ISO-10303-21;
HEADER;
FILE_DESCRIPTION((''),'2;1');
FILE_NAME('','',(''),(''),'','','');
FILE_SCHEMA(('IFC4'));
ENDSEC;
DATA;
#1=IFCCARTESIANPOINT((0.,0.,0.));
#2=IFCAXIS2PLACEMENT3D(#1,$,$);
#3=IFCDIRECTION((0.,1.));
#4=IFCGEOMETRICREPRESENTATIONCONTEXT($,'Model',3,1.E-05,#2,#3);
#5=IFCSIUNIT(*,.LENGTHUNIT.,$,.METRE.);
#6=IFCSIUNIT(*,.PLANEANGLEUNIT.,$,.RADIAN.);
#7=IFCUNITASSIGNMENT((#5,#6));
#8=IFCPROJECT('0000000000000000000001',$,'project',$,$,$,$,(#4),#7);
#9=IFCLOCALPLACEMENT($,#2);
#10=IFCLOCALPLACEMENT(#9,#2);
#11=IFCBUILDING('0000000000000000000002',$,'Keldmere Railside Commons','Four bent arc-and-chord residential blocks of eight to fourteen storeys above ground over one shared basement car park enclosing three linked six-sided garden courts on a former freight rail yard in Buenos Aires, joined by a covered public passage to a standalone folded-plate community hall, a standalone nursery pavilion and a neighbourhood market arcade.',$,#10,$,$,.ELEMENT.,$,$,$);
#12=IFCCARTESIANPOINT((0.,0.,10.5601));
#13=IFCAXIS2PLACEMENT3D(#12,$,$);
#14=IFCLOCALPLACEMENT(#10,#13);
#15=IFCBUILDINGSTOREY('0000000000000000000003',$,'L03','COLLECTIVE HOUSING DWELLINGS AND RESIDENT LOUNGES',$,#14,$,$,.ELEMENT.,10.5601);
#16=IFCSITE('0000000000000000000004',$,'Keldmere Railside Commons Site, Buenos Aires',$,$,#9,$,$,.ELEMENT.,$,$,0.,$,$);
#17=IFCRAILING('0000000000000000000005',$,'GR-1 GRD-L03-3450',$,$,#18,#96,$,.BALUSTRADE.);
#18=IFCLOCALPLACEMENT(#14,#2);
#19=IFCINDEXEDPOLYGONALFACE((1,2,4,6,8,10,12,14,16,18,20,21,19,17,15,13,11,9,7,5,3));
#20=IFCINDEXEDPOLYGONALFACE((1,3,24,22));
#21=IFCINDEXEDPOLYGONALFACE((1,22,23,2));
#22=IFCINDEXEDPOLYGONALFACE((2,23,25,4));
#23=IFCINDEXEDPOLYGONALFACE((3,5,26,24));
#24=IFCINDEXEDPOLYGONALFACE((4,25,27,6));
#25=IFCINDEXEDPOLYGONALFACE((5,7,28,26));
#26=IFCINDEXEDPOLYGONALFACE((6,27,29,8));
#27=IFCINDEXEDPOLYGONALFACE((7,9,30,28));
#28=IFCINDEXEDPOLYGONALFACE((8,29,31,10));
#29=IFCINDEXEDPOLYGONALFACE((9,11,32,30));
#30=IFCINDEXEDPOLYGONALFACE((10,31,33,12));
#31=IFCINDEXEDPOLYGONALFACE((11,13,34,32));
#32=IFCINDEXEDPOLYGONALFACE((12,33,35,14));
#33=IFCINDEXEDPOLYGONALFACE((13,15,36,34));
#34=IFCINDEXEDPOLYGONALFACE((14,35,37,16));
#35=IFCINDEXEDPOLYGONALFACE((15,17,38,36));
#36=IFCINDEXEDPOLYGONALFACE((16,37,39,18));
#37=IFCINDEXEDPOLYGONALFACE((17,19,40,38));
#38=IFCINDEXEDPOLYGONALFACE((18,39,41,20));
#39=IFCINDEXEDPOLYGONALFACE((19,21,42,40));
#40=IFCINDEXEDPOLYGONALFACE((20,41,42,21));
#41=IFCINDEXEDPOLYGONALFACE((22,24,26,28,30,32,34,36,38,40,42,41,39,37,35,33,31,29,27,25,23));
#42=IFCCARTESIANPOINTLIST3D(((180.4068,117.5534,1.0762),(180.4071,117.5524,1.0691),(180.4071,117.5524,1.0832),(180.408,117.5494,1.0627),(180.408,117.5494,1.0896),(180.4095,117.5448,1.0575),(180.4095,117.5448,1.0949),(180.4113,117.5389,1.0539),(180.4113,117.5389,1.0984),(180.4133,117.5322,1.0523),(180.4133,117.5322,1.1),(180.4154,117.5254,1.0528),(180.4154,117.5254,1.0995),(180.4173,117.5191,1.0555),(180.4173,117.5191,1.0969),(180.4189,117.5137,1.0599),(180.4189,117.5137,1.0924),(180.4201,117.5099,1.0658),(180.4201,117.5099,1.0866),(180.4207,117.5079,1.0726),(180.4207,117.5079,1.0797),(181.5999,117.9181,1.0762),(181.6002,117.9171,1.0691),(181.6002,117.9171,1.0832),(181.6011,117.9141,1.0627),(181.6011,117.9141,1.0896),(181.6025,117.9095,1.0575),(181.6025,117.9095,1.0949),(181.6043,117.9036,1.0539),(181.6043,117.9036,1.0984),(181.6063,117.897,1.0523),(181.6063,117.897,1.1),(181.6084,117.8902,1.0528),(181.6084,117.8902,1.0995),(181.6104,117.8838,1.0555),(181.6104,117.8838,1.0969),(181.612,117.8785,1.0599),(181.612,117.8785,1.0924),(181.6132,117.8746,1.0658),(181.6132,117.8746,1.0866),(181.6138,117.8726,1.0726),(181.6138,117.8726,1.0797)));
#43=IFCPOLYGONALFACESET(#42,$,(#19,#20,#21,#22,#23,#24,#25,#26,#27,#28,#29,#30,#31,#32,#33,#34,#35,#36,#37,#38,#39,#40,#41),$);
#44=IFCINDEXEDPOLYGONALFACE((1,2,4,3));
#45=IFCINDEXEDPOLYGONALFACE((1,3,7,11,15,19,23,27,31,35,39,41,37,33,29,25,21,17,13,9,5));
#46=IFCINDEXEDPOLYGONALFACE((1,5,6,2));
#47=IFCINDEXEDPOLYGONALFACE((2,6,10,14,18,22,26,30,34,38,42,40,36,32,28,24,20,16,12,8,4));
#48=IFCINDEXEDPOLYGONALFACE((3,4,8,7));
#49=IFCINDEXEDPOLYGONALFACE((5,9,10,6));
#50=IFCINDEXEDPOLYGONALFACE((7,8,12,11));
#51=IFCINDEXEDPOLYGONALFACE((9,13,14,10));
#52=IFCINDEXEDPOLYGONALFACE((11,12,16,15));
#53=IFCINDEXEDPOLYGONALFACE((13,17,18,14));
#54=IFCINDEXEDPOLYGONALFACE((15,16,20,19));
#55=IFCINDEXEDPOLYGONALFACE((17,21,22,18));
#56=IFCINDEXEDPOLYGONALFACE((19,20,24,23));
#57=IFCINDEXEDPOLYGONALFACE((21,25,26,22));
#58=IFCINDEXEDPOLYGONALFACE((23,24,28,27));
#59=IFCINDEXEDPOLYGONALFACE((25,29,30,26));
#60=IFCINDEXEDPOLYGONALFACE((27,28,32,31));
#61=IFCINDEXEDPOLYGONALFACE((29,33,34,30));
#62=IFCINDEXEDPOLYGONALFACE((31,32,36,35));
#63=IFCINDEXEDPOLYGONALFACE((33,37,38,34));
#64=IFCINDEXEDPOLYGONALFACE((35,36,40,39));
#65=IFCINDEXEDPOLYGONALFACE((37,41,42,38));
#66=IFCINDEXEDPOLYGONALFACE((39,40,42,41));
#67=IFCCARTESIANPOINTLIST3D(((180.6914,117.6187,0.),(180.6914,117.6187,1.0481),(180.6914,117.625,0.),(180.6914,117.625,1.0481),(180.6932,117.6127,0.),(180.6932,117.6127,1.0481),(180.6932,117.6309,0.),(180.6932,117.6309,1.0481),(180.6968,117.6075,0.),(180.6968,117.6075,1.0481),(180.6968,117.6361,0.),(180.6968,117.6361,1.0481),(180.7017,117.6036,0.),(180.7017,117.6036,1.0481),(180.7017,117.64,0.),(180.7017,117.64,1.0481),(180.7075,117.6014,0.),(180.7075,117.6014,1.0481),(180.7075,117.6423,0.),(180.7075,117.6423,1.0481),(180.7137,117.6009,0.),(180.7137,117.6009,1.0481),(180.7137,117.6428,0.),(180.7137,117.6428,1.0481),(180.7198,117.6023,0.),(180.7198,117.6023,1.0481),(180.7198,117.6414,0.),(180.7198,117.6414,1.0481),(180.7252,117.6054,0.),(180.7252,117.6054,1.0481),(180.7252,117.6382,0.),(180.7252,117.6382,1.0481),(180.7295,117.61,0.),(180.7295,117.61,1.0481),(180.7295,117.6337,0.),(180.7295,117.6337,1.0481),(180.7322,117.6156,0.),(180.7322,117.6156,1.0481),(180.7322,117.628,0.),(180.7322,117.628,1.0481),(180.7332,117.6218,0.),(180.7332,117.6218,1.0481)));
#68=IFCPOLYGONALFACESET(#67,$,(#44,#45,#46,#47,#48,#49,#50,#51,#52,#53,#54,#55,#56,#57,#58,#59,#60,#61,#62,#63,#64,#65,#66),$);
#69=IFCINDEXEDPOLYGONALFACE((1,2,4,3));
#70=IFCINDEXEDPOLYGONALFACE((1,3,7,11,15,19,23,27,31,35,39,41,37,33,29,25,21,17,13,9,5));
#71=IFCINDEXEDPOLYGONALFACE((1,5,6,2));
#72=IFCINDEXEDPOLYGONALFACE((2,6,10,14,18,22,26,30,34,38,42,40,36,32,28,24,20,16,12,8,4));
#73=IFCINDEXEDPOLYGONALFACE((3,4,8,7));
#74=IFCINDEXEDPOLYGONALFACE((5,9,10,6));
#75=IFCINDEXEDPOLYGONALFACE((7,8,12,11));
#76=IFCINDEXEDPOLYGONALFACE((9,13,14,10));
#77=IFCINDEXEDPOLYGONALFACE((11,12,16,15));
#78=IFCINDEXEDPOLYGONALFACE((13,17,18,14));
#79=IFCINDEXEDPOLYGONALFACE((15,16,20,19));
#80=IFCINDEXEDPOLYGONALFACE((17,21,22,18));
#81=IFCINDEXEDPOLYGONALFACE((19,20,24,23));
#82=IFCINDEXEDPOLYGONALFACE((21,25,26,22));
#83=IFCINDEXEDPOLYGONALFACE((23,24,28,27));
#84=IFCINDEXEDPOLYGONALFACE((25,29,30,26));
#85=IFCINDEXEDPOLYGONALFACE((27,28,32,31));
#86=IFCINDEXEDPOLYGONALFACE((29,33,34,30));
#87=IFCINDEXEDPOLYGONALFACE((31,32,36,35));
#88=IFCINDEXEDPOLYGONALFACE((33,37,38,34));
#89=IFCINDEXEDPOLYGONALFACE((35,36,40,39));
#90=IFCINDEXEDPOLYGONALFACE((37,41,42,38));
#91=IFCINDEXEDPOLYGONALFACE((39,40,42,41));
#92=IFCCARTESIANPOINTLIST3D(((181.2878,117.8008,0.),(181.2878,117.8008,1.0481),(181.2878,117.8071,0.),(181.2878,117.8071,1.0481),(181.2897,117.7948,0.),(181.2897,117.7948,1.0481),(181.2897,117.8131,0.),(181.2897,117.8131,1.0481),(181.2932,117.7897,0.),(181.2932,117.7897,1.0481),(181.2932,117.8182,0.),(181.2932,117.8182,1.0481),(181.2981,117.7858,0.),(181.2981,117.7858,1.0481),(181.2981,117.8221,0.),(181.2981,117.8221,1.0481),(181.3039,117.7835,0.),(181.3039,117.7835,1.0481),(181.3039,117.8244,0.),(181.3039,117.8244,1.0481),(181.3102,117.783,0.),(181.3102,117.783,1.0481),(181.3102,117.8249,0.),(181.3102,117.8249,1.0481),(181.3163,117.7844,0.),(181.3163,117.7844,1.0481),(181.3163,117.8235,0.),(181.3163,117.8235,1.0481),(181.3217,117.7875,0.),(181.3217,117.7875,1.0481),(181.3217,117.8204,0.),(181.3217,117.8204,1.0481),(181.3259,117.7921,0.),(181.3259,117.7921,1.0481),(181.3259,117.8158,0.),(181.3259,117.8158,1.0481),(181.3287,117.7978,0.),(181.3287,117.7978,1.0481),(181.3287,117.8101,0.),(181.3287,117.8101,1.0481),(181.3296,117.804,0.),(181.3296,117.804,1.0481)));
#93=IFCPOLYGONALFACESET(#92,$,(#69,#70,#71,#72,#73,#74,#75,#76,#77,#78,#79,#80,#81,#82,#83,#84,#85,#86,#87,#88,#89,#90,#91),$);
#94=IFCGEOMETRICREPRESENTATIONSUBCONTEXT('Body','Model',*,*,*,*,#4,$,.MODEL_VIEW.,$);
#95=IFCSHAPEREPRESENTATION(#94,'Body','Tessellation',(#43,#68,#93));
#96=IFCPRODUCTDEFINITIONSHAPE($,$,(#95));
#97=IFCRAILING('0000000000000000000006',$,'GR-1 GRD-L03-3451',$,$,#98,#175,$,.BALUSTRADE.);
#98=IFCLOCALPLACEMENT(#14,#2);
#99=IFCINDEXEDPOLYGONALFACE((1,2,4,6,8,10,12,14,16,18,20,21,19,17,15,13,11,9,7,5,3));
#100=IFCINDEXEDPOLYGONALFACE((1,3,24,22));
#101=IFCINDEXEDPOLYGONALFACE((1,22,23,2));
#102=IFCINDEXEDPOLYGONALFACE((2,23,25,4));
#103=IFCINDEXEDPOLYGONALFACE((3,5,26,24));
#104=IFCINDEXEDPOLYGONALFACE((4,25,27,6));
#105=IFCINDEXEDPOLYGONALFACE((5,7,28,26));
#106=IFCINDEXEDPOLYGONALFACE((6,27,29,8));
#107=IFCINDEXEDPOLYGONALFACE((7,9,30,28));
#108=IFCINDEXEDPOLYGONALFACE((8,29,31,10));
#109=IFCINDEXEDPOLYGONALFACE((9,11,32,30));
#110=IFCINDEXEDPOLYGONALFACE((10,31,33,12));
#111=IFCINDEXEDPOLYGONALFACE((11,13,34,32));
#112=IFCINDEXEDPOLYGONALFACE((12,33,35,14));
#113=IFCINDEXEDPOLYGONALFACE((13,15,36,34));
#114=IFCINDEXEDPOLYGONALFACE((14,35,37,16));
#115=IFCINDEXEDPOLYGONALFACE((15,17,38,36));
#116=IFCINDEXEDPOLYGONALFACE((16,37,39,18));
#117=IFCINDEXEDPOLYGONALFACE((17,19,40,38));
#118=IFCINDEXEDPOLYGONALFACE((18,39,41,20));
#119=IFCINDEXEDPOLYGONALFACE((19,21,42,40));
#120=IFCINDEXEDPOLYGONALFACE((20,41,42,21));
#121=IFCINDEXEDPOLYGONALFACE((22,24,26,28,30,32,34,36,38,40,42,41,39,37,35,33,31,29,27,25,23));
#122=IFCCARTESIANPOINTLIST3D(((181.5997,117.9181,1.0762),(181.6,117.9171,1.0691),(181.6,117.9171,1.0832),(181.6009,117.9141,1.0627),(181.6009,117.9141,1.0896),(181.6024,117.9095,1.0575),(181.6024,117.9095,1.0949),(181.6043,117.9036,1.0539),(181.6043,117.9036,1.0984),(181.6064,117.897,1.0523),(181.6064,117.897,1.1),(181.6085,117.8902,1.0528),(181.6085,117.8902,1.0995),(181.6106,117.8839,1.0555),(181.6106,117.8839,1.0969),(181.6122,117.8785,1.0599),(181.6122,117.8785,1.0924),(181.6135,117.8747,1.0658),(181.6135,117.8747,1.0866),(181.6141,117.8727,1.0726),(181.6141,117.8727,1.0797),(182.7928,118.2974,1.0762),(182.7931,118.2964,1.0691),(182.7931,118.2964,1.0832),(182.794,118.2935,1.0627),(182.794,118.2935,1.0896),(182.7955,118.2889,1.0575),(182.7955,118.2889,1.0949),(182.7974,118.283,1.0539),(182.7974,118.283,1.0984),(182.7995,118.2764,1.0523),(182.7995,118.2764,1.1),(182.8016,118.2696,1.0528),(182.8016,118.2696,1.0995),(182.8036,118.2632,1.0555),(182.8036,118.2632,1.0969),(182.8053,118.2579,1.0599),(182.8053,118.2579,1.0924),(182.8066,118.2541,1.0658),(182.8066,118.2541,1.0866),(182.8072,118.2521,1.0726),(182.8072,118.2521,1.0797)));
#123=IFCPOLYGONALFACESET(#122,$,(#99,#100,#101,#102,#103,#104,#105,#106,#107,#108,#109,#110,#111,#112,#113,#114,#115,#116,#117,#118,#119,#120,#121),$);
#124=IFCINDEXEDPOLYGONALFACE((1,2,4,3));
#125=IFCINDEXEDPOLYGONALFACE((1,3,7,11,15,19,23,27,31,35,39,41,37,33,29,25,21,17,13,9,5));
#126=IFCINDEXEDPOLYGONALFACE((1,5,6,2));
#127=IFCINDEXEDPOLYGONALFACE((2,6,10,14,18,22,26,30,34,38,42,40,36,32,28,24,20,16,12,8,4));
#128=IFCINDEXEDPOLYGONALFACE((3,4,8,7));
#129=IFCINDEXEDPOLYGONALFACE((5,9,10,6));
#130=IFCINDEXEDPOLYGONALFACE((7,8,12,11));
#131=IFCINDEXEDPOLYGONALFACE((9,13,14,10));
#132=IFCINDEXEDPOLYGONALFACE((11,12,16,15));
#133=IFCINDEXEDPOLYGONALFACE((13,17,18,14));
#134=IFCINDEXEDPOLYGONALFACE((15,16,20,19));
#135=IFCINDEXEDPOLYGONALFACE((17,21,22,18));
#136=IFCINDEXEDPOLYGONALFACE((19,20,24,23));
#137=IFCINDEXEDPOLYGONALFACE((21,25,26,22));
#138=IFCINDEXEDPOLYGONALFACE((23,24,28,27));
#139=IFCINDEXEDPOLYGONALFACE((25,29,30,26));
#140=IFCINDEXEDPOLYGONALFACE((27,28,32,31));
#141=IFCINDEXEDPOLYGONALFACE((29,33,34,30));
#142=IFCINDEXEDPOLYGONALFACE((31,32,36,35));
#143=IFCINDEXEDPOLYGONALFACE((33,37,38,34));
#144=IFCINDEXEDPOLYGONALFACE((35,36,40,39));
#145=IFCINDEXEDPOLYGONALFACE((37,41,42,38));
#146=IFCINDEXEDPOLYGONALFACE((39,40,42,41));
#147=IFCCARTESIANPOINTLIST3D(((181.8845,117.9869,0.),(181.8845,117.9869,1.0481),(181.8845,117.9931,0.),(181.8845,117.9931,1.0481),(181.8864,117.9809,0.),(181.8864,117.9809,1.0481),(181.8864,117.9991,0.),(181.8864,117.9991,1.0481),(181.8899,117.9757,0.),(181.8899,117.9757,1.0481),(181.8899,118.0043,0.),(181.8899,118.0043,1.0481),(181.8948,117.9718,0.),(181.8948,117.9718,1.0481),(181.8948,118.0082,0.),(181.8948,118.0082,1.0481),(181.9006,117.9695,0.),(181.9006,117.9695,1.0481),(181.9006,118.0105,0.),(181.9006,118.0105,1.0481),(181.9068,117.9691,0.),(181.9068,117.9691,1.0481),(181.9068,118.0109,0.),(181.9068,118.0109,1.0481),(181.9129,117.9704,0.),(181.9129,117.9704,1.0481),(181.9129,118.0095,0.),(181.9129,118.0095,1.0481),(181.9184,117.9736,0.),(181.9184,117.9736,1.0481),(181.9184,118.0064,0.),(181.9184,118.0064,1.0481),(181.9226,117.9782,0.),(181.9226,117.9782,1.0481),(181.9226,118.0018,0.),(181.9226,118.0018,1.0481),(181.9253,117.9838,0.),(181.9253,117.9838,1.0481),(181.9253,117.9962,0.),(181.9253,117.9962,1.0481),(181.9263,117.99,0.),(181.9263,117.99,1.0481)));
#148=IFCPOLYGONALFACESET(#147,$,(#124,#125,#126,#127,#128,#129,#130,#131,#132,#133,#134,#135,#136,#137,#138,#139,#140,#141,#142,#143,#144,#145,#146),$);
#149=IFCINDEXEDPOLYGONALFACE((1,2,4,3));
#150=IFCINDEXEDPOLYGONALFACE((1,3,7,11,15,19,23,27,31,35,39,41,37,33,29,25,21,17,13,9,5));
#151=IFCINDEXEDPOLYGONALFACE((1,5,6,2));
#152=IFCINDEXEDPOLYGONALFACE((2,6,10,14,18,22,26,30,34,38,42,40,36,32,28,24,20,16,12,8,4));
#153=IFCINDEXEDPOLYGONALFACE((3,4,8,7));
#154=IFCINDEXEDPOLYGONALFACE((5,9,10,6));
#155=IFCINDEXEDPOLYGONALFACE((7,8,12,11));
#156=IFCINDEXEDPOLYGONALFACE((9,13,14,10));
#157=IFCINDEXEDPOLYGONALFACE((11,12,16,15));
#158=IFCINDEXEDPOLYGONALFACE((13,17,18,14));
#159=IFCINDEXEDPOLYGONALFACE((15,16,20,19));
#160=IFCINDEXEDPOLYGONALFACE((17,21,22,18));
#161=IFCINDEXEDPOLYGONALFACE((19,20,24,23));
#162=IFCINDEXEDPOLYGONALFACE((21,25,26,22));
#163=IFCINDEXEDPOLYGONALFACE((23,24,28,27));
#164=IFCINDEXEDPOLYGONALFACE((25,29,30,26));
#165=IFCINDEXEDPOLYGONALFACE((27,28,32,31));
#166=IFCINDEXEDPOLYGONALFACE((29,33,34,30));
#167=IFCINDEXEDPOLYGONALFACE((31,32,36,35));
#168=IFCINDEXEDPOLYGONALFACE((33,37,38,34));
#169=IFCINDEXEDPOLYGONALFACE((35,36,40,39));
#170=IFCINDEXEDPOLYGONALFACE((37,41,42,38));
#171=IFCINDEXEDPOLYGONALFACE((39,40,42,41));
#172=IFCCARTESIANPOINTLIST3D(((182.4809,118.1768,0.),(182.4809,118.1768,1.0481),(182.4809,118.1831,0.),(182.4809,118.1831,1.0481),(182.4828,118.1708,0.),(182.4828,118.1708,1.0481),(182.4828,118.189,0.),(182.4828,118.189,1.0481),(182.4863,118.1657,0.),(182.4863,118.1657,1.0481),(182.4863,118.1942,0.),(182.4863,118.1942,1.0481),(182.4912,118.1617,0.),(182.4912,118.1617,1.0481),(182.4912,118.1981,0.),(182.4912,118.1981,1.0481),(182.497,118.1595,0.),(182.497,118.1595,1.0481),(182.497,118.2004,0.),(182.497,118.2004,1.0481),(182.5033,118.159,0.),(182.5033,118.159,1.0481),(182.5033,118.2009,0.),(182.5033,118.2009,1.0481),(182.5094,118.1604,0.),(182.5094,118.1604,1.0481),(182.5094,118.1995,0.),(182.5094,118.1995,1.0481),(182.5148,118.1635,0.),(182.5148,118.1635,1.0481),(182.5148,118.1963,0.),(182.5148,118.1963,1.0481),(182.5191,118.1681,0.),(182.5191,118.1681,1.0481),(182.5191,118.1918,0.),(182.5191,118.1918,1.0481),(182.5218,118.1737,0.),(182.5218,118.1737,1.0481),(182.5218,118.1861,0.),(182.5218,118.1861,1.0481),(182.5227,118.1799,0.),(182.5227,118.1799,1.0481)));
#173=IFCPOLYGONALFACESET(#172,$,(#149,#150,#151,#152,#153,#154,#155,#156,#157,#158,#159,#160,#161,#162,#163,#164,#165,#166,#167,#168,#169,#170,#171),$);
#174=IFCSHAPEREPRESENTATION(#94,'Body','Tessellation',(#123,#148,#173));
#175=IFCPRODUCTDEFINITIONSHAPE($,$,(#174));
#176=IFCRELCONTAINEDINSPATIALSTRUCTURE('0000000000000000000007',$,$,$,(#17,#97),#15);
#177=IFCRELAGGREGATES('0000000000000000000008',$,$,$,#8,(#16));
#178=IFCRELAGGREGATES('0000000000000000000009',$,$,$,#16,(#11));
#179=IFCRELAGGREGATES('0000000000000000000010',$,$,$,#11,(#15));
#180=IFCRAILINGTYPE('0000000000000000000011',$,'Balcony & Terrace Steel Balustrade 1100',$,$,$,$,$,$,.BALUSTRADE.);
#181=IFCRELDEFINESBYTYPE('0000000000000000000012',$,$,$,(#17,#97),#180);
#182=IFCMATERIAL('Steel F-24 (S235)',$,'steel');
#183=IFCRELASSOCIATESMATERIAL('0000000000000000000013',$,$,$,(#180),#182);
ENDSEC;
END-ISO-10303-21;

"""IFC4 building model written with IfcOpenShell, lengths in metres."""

from ifc_helpers import new_model, si_unit, direction, frame, origin, origin_2d, place, context, subcontext, project, spatial, circle, extrude, material, type_object, element, save


model = new_model("IFC4")

# Units and contexts
model_context = context("Model", 3, precision=1e-05, world=origin(), true_north=direction((0.0, 1.0)))
body_context = subcontext(model_context, "Body", "Model", "MODEL_VIEW")
ifc_project = project(units=[si_unit("LENGTHUNIT", "METRE"), si_unit("PLANEANGLEUNIT", "RADIAN")], contexts=[model_context])

# Site, building, storey
site_placement = place(None, origin())
site = spatial("IfcSite", under=ifc_project, at=site_placement, Name="Keldmere Railside Commons Site, Buenos Aires", CompositionType="ELEMENT", RefElevation=0.0)
building_placement = place(site_placement, origin())
building = spatial("IfcBuilding", under=site, at=building_placement, Name="Keldmere Railside Commons", Description="Four bent arc-and-chord residential blocks of eight to fourteen storeys above ground over one shared basement car park enclosing three linked six-sided garden courts on a former freight rail yard in Buenos Aires, joined by a covered public passage to a standalone folded-plate community hall, a standalone nursery pavilion and a neighbourhood market arcade.", CompositionType="ELEMENT")
storey_placement = place(building_placement, frame((0.0, 0.0, 10.5601)))
storey = spatial("IfcBuildingStorey", under=building, at=storey_placement, Name="L03", Description="COLLECTIVE HOUSING DWELLINGS AND RESIDENT LOUNGES", CompositionType="ELEMENT", Elevation=10.5601)

# Railings
ifc_material_1 = material(Name="Steel F-24 (S235)", Category="steel")
railing_type = type_object("IfcRailingType", Name="Balcony & Terrace Steel Balustrade 1100", PredefinedType="BALUSTRADE", material=ifc_material_1)
railing_1_placement = place(storey_placement, frame((180.4138, 117.5305, 0.0)))
element("IfcRailing", 1, at=railing_1_placement, inside=storey, type_object=railing_type, Name="GR-1 GRD-L03-3450", PredefinedType="BALUSTRADE", context=body_context, shape_type="SweptSolid", body=[
    extrude(circle(Radius=0.0239, at=origin_2d()), frame((0.0, 0.0, 1.0762), z_axis=(0.956311, 0.292353, 0.0), x_axis=(-0.292353, 0.956311, 0.0)), (0.0, 0.0, 1.0), 1.2476),
    extrude(circle(Radius=0.021, at=origin_2d()), frame((0.2983, 0.0913, 0.0)), (0.0, 0.0, 1.0), 1.0481),
    extrude(circle(Radius=0.021, at=origin_2d()), frame((0.8948, 0.2734, 0.0)), (0.0, 0.0, 1.0), 1.0481),
])
railing_2_placement = place(storey_placement, frame((181.6069, 117.8953, 0.0)))
element("IfcRailing", 2, at=railing_2_placement, inside=storey, type_object=railing_type, Name="GR-1 GRD-L03-3451", PredefinedType="BALUSTRADE", context=body_context, shape_type="SweptSolid", body=[
    extrude(circle(Radius=0.0239, at=origin_2d()), frame((0.0, 0.0, 1.0762), z_axis=(0.95298, 0.303035, 0.0), x_axis=(-0.303035, 0.95298, 0.0)), (0.0, 0.0, 1.0), 1.252),
    extrude(circle(Radius=0.021, at=origin_2d()), frame((0.2983, 0.0947, 0.0)), (0.0, 0.0, 1.0), 1.0481),
    extrude(circle(Radius=0.021, at=origin_2d()), frame((0.8948, 0.2847, 0.0)), (0.0, 0.0, 1.0), 1.0481),
])

save(model, "model.ifc")
